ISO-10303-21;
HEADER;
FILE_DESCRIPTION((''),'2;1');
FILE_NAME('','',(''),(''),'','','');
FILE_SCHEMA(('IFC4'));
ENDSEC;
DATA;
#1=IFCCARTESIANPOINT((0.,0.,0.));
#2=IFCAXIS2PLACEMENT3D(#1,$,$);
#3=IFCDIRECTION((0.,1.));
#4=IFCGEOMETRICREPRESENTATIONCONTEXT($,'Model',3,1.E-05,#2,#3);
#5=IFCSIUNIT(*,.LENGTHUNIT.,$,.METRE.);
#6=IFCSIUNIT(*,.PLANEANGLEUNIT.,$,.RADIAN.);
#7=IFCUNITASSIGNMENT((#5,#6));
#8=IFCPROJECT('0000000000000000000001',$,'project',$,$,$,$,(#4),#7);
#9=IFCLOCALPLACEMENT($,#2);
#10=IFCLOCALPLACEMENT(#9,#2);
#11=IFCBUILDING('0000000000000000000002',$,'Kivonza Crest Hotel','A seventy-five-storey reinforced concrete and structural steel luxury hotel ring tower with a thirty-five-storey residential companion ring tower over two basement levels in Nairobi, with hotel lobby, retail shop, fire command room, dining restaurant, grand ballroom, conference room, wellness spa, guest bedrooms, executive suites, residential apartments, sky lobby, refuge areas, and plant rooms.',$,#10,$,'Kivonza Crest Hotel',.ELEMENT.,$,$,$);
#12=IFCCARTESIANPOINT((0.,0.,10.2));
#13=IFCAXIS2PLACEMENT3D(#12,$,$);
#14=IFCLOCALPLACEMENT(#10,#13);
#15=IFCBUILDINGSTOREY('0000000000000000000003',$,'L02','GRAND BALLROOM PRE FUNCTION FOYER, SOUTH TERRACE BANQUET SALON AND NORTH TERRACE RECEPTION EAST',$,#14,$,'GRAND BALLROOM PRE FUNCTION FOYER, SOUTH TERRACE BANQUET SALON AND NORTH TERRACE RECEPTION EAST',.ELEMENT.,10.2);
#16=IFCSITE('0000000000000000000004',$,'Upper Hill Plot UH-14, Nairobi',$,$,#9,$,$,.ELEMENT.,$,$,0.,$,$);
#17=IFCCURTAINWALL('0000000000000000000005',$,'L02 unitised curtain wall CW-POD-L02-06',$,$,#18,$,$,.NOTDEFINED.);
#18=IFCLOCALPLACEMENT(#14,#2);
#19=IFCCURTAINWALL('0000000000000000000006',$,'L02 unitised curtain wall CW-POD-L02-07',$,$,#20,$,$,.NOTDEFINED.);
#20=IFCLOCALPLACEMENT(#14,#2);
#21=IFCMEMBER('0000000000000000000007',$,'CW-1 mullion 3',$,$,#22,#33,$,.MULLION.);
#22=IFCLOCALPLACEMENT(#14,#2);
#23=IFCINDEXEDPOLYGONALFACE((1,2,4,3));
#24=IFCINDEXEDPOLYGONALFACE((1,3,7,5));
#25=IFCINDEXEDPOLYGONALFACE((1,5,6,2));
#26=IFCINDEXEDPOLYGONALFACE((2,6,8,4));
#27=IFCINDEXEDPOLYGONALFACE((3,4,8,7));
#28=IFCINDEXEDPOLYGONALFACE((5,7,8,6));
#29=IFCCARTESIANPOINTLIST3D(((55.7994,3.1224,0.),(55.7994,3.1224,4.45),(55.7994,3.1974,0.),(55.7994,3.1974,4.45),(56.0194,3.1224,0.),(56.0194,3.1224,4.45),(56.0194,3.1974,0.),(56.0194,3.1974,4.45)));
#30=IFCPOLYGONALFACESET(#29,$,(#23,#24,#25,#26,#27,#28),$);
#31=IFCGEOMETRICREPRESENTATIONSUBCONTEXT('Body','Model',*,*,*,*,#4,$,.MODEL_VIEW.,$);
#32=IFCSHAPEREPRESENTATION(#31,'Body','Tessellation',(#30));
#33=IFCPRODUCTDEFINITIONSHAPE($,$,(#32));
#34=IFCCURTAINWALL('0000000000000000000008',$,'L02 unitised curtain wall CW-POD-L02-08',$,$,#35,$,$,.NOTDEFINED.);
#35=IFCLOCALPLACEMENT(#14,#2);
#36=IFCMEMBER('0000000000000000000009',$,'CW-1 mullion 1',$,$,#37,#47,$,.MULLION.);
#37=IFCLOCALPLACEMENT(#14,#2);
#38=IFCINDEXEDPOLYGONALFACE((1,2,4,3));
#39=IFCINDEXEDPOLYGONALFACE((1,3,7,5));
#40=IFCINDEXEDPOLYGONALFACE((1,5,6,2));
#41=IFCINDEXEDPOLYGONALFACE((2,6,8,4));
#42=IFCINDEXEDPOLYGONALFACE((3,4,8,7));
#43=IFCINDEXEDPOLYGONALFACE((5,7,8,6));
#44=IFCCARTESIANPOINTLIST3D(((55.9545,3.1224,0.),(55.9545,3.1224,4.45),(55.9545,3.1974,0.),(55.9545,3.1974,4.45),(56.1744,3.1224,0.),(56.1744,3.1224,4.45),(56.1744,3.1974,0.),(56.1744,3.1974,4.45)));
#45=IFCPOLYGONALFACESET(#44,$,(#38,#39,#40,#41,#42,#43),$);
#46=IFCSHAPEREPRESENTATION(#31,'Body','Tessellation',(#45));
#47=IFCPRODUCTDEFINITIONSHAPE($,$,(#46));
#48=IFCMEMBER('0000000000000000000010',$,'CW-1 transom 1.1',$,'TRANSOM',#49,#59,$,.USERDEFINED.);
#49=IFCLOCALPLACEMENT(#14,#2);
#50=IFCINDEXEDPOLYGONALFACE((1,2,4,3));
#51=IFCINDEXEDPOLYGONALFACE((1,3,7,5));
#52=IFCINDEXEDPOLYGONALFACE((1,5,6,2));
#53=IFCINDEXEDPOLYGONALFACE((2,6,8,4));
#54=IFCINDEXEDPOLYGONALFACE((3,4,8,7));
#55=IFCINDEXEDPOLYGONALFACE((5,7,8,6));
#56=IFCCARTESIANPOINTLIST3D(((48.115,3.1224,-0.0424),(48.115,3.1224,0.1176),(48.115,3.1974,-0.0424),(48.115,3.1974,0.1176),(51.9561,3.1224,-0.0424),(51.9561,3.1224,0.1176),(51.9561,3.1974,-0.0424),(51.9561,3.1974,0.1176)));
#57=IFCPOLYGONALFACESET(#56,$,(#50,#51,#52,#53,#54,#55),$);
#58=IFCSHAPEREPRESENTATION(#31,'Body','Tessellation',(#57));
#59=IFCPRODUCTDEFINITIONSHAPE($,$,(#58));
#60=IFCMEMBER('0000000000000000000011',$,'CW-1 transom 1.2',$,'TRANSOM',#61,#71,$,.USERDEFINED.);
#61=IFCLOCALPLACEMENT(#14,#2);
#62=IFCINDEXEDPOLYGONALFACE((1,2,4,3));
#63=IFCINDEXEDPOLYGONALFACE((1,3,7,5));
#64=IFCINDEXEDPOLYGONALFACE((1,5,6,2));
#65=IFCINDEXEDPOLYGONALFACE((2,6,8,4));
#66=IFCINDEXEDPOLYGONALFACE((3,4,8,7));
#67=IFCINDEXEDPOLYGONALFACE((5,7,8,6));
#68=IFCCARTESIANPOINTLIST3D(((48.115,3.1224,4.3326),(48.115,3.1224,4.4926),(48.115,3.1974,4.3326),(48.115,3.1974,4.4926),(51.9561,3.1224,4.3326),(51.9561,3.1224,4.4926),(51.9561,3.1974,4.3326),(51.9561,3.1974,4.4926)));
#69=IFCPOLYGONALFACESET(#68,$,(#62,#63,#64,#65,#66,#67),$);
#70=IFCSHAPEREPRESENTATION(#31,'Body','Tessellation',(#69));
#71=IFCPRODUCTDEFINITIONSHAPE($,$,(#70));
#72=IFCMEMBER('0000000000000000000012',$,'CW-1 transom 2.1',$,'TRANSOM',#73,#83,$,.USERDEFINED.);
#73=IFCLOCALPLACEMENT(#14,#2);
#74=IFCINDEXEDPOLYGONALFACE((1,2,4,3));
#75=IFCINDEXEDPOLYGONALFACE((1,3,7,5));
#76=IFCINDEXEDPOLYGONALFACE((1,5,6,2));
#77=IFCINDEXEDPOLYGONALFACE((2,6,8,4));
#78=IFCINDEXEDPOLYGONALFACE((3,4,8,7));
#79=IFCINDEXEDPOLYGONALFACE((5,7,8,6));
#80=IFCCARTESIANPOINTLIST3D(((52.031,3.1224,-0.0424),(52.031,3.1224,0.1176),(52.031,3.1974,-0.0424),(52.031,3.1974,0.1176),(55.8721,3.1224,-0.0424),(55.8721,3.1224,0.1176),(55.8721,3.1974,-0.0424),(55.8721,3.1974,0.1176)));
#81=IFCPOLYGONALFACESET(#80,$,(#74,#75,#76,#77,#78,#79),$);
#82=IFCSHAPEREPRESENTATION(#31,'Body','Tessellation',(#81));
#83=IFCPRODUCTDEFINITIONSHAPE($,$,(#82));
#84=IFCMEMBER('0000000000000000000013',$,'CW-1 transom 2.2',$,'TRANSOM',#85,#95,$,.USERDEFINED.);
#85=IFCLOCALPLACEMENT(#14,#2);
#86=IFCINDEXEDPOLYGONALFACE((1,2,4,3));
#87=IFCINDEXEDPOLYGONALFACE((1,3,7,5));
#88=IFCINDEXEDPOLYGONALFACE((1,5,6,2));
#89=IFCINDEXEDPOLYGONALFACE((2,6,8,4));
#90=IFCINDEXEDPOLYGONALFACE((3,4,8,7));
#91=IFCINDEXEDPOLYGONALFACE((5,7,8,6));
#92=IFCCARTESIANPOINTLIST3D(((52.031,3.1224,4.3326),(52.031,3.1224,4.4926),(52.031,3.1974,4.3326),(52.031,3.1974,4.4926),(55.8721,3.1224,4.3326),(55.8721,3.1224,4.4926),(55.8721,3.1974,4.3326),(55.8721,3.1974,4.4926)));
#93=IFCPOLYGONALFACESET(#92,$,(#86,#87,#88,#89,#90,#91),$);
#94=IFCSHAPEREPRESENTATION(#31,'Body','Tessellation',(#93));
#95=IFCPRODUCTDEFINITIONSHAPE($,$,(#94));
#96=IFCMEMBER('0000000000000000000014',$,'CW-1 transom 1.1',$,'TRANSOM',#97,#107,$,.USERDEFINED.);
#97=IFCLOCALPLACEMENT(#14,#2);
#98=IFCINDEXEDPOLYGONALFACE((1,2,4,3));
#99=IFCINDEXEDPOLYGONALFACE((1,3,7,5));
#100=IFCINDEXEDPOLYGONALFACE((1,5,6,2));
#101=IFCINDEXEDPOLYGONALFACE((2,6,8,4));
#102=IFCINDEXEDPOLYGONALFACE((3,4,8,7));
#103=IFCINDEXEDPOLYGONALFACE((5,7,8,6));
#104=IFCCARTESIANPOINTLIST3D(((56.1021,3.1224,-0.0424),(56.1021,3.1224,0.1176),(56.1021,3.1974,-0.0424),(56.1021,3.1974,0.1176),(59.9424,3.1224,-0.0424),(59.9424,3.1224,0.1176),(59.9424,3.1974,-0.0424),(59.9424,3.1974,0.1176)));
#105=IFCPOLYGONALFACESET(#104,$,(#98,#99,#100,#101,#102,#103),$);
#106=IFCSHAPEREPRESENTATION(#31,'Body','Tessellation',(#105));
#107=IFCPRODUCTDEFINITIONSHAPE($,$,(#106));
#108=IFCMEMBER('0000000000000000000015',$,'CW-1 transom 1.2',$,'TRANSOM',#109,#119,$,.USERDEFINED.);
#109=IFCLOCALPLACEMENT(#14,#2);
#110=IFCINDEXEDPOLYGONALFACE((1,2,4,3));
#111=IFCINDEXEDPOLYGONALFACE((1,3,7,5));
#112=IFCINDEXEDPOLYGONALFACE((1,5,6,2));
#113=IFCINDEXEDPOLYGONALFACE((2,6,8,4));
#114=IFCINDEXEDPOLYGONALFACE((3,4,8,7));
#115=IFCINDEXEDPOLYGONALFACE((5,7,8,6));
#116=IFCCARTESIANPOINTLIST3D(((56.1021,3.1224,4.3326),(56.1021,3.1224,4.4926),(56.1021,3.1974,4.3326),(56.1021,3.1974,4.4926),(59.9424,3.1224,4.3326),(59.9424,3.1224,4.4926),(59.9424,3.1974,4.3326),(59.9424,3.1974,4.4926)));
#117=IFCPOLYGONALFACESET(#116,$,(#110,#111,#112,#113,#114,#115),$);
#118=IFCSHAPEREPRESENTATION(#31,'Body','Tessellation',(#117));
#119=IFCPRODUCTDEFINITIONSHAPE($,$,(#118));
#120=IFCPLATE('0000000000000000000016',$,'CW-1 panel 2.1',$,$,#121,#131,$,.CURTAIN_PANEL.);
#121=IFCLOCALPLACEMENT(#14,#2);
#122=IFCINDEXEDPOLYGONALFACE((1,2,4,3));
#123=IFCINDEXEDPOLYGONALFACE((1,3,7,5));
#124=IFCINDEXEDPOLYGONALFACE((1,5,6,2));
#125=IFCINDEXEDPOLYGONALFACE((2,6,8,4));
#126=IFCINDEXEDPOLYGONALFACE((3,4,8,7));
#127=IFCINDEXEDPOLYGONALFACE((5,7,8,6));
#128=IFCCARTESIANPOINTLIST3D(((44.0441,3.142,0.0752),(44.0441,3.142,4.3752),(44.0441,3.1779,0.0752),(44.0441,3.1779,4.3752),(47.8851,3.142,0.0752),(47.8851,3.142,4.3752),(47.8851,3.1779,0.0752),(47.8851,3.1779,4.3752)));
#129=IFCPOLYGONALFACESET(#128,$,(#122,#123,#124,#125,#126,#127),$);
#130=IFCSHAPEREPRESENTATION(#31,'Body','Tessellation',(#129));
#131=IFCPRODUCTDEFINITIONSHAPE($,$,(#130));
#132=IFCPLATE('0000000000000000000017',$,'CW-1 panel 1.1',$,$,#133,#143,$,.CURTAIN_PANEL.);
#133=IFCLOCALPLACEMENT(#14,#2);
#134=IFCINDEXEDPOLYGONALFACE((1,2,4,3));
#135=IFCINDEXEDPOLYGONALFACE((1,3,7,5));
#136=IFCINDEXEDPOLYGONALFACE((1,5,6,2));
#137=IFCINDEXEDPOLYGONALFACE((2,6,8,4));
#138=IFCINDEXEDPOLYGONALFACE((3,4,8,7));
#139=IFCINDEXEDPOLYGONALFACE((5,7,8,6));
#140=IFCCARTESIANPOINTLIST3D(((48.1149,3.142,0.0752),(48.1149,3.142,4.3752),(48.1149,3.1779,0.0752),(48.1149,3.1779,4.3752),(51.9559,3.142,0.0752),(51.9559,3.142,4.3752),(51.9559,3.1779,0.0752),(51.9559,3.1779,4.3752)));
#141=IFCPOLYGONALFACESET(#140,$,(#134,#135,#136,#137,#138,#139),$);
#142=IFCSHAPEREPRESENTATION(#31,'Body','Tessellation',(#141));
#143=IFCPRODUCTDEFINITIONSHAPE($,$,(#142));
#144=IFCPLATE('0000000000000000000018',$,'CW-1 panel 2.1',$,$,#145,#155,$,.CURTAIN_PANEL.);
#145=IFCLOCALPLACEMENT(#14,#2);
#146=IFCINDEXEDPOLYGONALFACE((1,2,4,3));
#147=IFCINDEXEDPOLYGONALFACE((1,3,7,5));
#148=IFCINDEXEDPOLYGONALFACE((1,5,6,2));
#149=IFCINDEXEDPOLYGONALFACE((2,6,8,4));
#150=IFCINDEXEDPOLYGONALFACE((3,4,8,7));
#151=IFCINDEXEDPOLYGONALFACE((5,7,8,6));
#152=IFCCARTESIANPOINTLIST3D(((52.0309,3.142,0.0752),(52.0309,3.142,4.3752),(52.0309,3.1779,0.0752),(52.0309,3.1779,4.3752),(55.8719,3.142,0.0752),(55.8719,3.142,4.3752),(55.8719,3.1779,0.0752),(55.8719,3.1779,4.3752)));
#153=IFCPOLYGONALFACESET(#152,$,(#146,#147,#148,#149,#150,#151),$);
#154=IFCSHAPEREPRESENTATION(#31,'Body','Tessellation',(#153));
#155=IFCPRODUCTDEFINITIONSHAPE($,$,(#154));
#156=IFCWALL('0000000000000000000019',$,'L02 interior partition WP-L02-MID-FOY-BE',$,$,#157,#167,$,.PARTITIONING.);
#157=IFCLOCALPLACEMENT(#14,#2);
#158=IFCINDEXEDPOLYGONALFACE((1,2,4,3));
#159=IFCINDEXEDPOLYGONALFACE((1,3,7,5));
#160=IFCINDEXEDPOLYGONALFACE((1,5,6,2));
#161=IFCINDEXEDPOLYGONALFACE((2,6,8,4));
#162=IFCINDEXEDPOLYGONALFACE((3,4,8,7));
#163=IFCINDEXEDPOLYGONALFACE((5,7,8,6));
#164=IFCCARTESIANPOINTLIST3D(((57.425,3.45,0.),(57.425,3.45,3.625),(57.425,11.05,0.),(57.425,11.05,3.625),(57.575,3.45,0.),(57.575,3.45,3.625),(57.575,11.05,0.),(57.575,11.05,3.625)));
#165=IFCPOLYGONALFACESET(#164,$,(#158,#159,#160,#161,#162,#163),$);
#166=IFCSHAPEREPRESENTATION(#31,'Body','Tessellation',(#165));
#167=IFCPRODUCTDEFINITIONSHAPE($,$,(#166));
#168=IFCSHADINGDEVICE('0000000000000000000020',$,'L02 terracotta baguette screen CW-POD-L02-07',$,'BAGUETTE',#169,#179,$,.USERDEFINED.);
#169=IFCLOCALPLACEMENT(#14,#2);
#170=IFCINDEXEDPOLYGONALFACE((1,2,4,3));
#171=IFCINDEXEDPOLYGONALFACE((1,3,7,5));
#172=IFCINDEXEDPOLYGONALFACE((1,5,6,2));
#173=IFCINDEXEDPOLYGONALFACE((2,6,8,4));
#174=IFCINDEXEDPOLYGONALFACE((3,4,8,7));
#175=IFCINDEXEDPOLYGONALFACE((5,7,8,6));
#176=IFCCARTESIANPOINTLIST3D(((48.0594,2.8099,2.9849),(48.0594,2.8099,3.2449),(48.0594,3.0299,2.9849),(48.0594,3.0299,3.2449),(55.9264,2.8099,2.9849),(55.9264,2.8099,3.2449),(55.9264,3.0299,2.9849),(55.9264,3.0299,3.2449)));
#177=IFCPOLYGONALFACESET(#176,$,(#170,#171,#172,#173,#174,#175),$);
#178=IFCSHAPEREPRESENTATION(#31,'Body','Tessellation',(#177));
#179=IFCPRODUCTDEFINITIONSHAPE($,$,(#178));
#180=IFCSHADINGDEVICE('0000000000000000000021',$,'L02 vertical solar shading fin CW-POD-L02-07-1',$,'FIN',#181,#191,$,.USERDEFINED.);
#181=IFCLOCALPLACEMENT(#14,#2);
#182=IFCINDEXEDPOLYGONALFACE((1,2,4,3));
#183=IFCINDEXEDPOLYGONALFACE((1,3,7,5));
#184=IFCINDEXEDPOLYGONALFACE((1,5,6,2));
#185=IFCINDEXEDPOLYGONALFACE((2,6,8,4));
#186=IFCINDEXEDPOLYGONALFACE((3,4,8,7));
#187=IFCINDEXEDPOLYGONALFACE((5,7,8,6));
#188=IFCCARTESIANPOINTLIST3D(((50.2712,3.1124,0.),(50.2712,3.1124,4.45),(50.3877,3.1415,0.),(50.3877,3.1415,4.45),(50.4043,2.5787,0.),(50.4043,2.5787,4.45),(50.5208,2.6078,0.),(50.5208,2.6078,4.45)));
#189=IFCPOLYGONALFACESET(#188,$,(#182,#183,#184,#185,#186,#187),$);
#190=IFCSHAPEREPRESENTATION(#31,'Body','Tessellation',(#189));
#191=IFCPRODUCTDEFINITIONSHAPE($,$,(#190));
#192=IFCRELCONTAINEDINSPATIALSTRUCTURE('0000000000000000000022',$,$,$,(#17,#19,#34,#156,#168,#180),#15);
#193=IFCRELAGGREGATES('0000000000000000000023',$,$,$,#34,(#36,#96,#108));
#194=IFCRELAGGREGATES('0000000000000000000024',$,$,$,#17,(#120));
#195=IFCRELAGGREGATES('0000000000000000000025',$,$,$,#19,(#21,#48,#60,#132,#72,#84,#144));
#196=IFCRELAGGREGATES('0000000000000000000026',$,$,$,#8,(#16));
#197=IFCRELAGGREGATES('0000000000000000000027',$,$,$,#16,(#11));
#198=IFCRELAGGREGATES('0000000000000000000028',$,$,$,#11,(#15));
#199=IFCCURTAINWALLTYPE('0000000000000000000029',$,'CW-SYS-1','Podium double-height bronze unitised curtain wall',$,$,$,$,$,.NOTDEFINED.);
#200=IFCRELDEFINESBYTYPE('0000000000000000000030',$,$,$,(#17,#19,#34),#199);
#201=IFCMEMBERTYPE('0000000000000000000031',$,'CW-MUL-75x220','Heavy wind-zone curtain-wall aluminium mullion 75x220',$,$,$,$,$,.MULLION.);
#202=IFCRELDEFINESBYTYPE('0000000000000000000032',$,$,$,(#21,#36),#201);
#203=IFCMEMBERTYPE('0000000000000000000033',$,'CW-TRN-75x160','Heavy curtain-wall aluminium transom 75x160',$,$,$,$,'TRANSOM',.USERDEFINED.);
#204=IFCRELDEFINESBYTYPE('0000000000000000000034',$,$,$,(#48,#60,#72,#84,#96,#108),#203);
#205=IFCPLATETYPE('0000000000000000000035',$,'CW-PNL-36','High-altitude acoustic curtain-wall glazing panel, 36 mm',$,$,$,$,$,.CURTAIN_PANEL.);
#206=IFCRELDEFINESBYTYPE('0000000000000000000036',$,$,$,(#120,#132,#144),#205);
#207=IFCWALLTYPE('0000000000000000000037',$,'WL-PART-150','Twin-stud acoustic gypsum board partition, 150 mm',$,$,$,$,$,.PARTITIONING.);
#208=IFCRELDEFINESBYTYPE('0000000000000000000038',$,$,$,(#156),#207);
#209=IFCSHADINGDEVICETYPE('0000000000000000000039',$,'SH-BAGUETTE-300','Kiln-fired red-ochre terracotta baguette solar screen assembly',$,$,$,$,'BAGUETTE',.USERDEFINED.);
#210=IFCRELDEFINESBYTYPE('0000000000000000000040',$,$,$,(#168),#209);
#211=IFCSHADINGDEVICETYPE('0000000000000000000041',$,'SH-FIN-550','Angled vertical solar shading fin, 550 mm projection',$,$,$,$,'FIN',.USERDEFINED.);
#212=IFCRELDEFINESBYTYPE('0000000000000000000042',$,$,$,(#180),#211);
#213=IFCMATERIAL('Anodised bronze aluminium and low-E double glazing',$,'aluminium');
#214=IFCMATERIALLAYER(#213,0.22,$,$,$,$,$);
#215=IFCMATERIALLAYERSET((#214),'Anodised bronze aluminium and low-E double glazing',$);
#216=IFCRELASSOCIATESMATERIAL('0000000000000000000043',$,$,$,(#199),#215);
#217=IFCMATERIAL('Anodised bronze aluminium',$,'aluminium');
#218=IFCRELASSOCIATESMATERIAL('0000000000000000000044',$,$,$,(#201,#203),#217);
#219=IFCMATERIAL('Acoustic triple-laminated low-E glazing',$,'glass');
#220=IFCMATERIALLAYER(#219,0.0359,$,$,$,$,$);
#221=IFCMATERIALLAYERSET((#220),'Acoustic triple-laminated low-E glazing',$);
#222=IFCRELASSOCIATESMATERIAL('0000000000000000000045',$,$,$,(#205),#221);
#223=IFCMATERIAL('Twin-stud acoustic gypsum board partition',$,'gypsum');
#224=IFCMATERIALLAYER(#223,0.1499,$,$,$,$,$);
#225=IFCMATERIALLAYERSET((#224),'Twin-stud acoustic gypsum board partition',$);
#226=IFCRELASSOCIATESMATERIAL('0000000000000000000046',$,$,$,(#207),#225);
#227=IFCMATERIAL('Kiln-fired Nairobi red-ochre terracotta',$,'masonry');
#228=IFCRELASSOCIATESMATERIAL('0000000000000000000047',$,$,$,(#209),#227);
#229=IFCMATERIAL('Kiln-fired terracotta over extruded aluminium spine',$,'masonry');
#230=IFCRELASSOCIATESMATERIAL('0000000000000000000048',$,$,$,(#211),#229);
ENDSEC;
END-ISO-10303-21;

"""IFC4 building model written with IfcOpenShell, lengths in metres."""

from ifc_helpers import new_model, si_unit, direction, frame, frame_2d, origin, origin_2d, place, context, subcontext, project, spatial, rectangle, extrude, material, layer, layer_set, material_profile, profile_set, type_object, element, aggregate, save


model = new_model("IFC4")

# Units and contexts
model_context = context("Model", 3, precision=1e-05, world=origin(), true_north=direction((0.0, 1.0)))
body_context = subcontext(model_context, "Body", "Model", "MODEL_VIEW")
ifc_project = project(units=[si_unit("LENGTHUNIT", "METRE"), si_unit("PLANEANGLEUNIT", "RADIAN")], contexts=[model_context])

# Site, building, storey
site_placement = place(None, origin())
site = spatial("IfcSite", under=ifc_project, at=site_placement, Name="Upper Hill Plot UH-14, Nairobi", CompositionType="ELEMENT", RefElevation=0.0)
building_placement = place(site_placement, origin())
building = spatial("IfcBuilding", under=site, at=building_placement, Name="Kivonza Crest Hotel", Description="A seventy-five-storey reinforced concrete and structural steel luxury hotel ring tower with a thirty-five-storey residential companion ring tower over two basement levels in Nairobi, with hotel lobby, retail shop, fire command room, dining restaurant, grand ballroom, conference room, wellness spa, guest bedrooms, executive suites, residential apartments, sky lobby, refuge areas, and plant rooms.", LongName="Kivonza Crest Hotel", CompositionType="ELEMENT")
storey_placement = place(building_placement, frame((0.0, 0.0, 10.2)))
storey = spatial("IfcBuildingStorey", under=building, at=storey_placement, Name="L02", Description="GRAND BALLROOM PRE FUNCTION FOYER, SOUTH TERRACE BANQUET SALON AND NORTH TERRACE RECEPTION EAST", LongName="GRAND BALLROOM PRE FUNCTION FOYER, SOUTH TERRACE BANQUET SALON AND NORTH TERRACE RECEPTION EAST", CompositionType="ELEMENT", Elevation=10.2)

# Curtain wall
ifc_material_1 = material(Name="Anodised bronze aluminium and low-E double glazing", Category="aluminium")
ifc_layer_1 = layer(ifc_material_1, 0.22)
ifc_layer_set_1 = layer_set([ifc_layer_1], Name="Anodised bronze aluminium and low-E double glazing")
curtain_wall_type = type_object("IfcCurtainWallType", Name="CW-SYS-1", Description="Podium double-height bronze unitised curtain wall", PredefinedType="NOTDEFINED", material=ifc_layer_set_1)
curtain_wall_1_placement = place(storey_placement, origin())
curtain_wall_1 = element("IfcCurtainWall", 1, at=curtain_wall_1_placement, inside=storey, type_object=curtain_wall_type, Name="L02 unitised curtain wall CW-POD-L02-06", PredefinedType="NOTDEFINED")
ifc_material_2 = material(Name="Anodised bronze aluminium", Category="aluminium")
ifc_material_profile_1 = material_profile(ifc_material_2, rectangle(XDim=0.075, YDim=0.22, at=origin_2d()), Name="CW-M 75x220")
ifc_profile_set_1 = profile_set([ifc_material_profile_1], Name="Anodised bronze aluminium")
member_type_1 = type_object("IfcMemberType", Name="CW-MUL-75x220", Description="Heavy wind-zone curtain-wall aluminium mullion 75x220", PredefinedType="MULLION", material=ifc_profile_set_1)

# Curtain wall, member
curtain_wall_2_placement = place(storey_placement, origin())
curtain_wall_2 = element("IfcCurtainWall", 2, at=curtain_wall_2_placement, inside=storey, type_object=curtain_wall_type, Name="L02 unitised curtain wall CW-POD-L02-07", PredefinedType="NOTDEFINED")
member_1_placement = place(storey_placement, frame((55.9094, 3.1599, 0.0), z_axis=(0.0, 0.0, 1.0), x_axis=(0.0, 1.0, 0.0)))
member_1 = element("IfcMember", 3, at=member_1_placement, type_object=member_type_1, Name="CW-1 mullion 3", PredefinedType="MULLION", context=body_context, shape_type="SweptSolid", body=[
    extrude(rectangle(XDim=0.075, YDim=0.22, at=origin_2d()), origin(), (0.0, 0.0, 1.0), 4.45),
])

# Curtain wall, member
curtain_wall_3_placement = place(storey_placement, origin())
curtain_wall_3 = element("IfcCurtainWall", 4, at=curtain_wall_3_placement, inside=storey, type_object=curtain_wall_type, Name="L02 unitised curtain wall CW-POD-L02-08", PredefinedType="NOTDEFINED")
member_2_placement = place(storey_placement, frame((56.0645, 3.1599, 0.0), z_axis=(0.0, 0.0, 1.0), x_axis=(0.0, 1.0, 0.0)))
member_2 = element("IfcMember", 5, at=member_2_placement, type_object=member_type_1, Name="CW-1 mullion 1", PredefinedType="MULLION", context=body_context, shape_type="SweptSolid", body=[
    extrude(rectangle(XDim=0.075, YDim=0.22, at=origin_2d()), origin(), (0.0, 0.0, 1.0), 4.45),
])

# Members
ifc_material_profile_2 = material_profile(ifc_material_2, rectangle(XDim=0.075, YDim=0.1599, at=origin_2d()), Name="CW-T 75x160")
ifc_profile_set_2 = profile_set([ifc_material_profile_2], Name="Anodised bronze aluminium")
member_type_2 = type_object("IfcMemberType", Name="CW-TRN-75x160", Description="Heavy curtain-wall aluminium transom 75x160", ElementType="TRANSOM", PredefinedType="USERDEFINED", material=ifc_profile_set_2)
member_3_placement = place(storey_placement, frame((48.115, 3.1599, 0.0376), z_axis=(1.0, 0.0, 0.0), x_axis=(0.0, 1.0, 0.0)))
member_3 = element("IfcMember", 6, at=member_3_placement, type_object=member_type_2, Name="CW-1 transom 1.1", ObjectType="TRANSOM", PredefinedType="USERDEFINED", context=body_context, shape_type="SweptSolid", body=[
    extrude(rectangle(XDim=0.075, YDim=0.1599, at=origin_2d()), origin(), (0.0, 0.0, 1.0), 3.8411),
])
member_4_placement = place(storey_placement, frame((48.115, 3.1599, 4.4126), z_axis=(1.0, 0.0, 0.0), x_axis=(0.0, 1.0, 0.0)))
member_4 = element("IfcMember", 7, at=member_4_placement, type_object=member_type_2, Name="CW-1 transom 1.2", ObjectType="TRANSOM", PredefinedType="USERDEFINED", context=body_context, shape_type="SweptSolid", body=[
    extrude(rectangle(XDim=0.075, YDim=0.1599, at=origin_2d()), origin(), (0.0, 0.0, 1.0), 3.8411),
])
member_5_placement = place(storey_placement, frame((52.031, 3.1599, 0.0376), z_axis=(1.0, 0.0, 0.0), x_axis=(0.0, 1.0, 0.0)))
member_5 = element("IfcMember", 8, at=member_5_placement, type_object=member_type_2, Name="CW-1 transom 2.1", ObjectType="TRANSOM", PredefinedType="USERDEFINED", context=body_context, shape_type="SweptSolid", body=[
    extrude(rectangle(XDim=0.075, YDim=0.1599, at=origin_2d()), origin(), (0.0, 0.0, 1.0), 3.8411),
])
member_6_placement = place(storey_placement, frame((52.031, 3.1599, 4.4126), z_axis=(1.0, 0.0, 0.0), x_axis=(0.0, 1.0, 0.0)))
member_6 = element("IfcMember", 9, at=member_6_placement, type_object=member_type_2, Name="CW-1 transom 2.2", ObjectType="TRANSOM", PredefinedType="USERDEFINED", context=body_context, shape_type="SweptSolid", body=[
    extrude(rectangle(XDim=0.075, YDim=0.1599, at=origin_2d()), origin(), (0.0, 0.0, 1.0), 3.8411),
])
member_7_placement = place(storey_placement, frame((56.1021, 3.1599, 0.0376), z_axis=(1.0, 0.0, 0.0), x_axis=(0.0, 1.0, 0.0)))
member_7 = element("IfcMember", 10, at=member_7_placement, type_object=member_type_2, Name="CW-1 transom 1.1", ObjectType="TRANSOM", PredefinedType="USERDEFINED", context=body_context, shape_type="SweptSolid", body=[
    extrude(rectangle(XDim=0.075, YDim=0.1599, at=origin_2d()), origin(), (0.0, 0.0, 1.0), 3.8403),
])
member_8_placement = place(storey_placement, frame((56.1021, 3.1599, 4.4126), z_axis=(1.0, 0.0, 0.0), x_axis=(0.0, 1.0, 0.0)))
member_8 = element("IfcMember", 11, at=member_8_placement, type_object=member_type_2, Name="CW-1 transom 1.2", ObjectType="TRANSOM", PredefinedType="USERDEFINED", context=body_context, shape_type="SweptSolid", body=[
    extrude(rectangle(XDim=0.075, YDim=0.1599, at=origin_2d()), origin(), (0.0, 0.0, 1.0), 3.8403),
])
aggregate(curtain_wall_3, [member_2, member_7, member_8])

# Plates
ifc_material_3 = material(Name="Acoustic triple-laminated low-E glazing", Category="glass")
ifc_layer_2 = layer(ifc_material_3, 0.0359)
ifc_layer_set_2 = layer_set([ifc_layer_2], Name="Acoustic triple-laminated low-E glazing")
plate_type = type_object("IfcPlateType", Name="CW-PNL-36", Description="High-altitude acoustic curtain-wall glazing panel, 36 mm", PredefinedType="CURTAIN_PANEL", material=ifc_layer_set_2)
plate_1_placement = place(storey_placement, frame((45.9646, 3.1599, 0.0752), z_axis=(0.0, 0.0, 1.0), x_axis=(1.0, 0.0, 0.0)))
plate_1 = element("IfcPlate", 12, at=plate_1_placement, type_object=plate_type, Name="CW-1 panel 2.1", PredefinedType="CURTAIN_PANEL", context=body_context, shape_type="SweptSolid", body=[
    extrude(rectangle(XDim=3.8411, YDim=0.0359, at=origin_2d()), origin(), (0.0, 0.0, 1.0), 4.3),
])
aggregate(curtain_wall_1, [plate_1])
plate_2_placement = place(storey_placement, frame((50.0354, 3.1599, 0.0752), z_axis=(0.0, 0.0, 1.0), x_axis=(1.0, 0.0, 0.0)))
plate_2 = element("IfcPlate", 13, at=plate_2_placement, type_object=plate_type, Name="CW-1 panel 1.1", PredefinedType="CURTAIN_PANEL", context=body_context, shape_type="SweptSolid", body=[
    extrude(rectangle(XDim=3.8411, YDim=0.0359, at=origin_2d()), origin(), (0.0, 0.0, 1.0), 4.3),
])
plate_3_placement = place(storey_placement, frame((53.9514, 3.1599, 0.0752), z_axis=(0.0, 0.0, 1.0), x_axis=(1.0, 0.0, 0.0)))
plate_3 = element("IfcPlate", 14, at=plate_3_placement, type_object=plate_type, Name="CW-1 panel 2.1", PredefinedType="CURTAIN_PANEL", context=body_context, shape_type="SweptSolid", body=[
    extrude(rectangle(XDim=3.8411, YDim=0.0359, at=origin_2d()), origin(), (0.0, 0.0, 1.0), 4.3),
])
aggregate(curtain_wall_2, [member_1, member_3, member_4, plate_2, member_5, member_6, plate_3])

# Wall
ifc_material_4 = material(Name="Twin-stud acoustic gypsum board partition", Category="gypsum")
ifc_layer_3 = layer(ifc_material_4, 0.1499)
ifc_layer_set_3 = layer_set([ifc_layer_3], Name="Twin-stud acoustic gypsum board partition")
wall_type = type_object("IfcWallType", Name="WL-PART-150", Description="Twin-stud acoustic gypsum board partition, 150 mm", PredefinedType="PARTITIONING", material=ifc_layer_set_3)
wall_placement = place(storey_placement, frame((57.5, 3.45, 0.0), z_axis=(0.0, 0.0, 1.0), x_axis=(0.0, 1.0, 0.0)))
element("IfcWall", 15, at=wall_placement, inside=storey, type_object=wall_type, Name="L02 interior partition WP-L02-MID-FOY-BE", PredefinedType="PARTITIONING", context=body_context, shape_type="SweptSolid", body=[
    extrude(rectangle(XDim=7.6001, YDim=0.1499, at=frame_2d((3.8, 0.0))), origin(), (0.0, 0.0, 1.0), 3.625),
])

# Shading devices
ifc_material_5 = material(Name="Kiln-fired Nairobi red-ochre terracotta", Category="masonry")
shading_device_type_1 = type_object("IfcShadingDeviceType", Name="SH-BAGUETTE-300", Description="Kiln-fired red-ochre terracotta baguette solar screen assembly", ElementType="BAGUETTE", PredefinedType="USERDEFINED", material=ifc_material_5)
shading_device_placement = place(storey_placement, frame((51.9929, 2.9199, 2.9849), z_axis=(0.0, 0.0, 1.0), x_axis=(1.0, 0.0, 0.0)))
element("IfcShadingDevice", 16, at=shading_device_placement, inside=storey, type_object=shading_device_type_1, Name="L02 terracotta baguette screen CW-POD-L02-07", ObjectType="BAGUETTE", PredefinedType="USERDEFINED", context=body_context, shape_type="SweptSolid", body=[
    extrude(rectangle(XDim=7.8669, YDim=0.22, at=origin_2d()), origin(), (0.0, 0.0, 1.0), 0.26),
])
ifc_material_6 = material(Name="Kiln-fired terracotta over extruded aluminium spine", Category="masonry")
shading_device_type_2 = type_object("IfcShadingDeviceType", Name="SH-FIN-550", Description="Angled vertical solar shading fin, 550 mm projection", ElementType="FIN", PredefinedType="USERDEFINED", material=ifc_material_6)
for number, where, z_axis, x_axis, name in (
    (17, (50.396, 2.8601, 0.0), (0.0, 0.0, 1.0), (0.970296, 0.241922, 0.0), "L02 vertical solar shading fin CW-POD-L02-07-1"),
):
    element("IfcShadingDevice", number, at=place(storey_placement, frame(where, z_axis=z_axis, x_axis=x_axis)), inside=storey, type_object=shading_device_type_2, Name=name, ObjectType="FIN", PredefinedType="USERDEFINED", context=body_context, shape_type="SweptSolid", body=[
        extrude(rectangle(XDim=0.1201, YDim=0.55, at=origin_2d()), origin(), (0.0, 0.0, 1.0), 4.45),
    ])

save(model, "model.ifc")
